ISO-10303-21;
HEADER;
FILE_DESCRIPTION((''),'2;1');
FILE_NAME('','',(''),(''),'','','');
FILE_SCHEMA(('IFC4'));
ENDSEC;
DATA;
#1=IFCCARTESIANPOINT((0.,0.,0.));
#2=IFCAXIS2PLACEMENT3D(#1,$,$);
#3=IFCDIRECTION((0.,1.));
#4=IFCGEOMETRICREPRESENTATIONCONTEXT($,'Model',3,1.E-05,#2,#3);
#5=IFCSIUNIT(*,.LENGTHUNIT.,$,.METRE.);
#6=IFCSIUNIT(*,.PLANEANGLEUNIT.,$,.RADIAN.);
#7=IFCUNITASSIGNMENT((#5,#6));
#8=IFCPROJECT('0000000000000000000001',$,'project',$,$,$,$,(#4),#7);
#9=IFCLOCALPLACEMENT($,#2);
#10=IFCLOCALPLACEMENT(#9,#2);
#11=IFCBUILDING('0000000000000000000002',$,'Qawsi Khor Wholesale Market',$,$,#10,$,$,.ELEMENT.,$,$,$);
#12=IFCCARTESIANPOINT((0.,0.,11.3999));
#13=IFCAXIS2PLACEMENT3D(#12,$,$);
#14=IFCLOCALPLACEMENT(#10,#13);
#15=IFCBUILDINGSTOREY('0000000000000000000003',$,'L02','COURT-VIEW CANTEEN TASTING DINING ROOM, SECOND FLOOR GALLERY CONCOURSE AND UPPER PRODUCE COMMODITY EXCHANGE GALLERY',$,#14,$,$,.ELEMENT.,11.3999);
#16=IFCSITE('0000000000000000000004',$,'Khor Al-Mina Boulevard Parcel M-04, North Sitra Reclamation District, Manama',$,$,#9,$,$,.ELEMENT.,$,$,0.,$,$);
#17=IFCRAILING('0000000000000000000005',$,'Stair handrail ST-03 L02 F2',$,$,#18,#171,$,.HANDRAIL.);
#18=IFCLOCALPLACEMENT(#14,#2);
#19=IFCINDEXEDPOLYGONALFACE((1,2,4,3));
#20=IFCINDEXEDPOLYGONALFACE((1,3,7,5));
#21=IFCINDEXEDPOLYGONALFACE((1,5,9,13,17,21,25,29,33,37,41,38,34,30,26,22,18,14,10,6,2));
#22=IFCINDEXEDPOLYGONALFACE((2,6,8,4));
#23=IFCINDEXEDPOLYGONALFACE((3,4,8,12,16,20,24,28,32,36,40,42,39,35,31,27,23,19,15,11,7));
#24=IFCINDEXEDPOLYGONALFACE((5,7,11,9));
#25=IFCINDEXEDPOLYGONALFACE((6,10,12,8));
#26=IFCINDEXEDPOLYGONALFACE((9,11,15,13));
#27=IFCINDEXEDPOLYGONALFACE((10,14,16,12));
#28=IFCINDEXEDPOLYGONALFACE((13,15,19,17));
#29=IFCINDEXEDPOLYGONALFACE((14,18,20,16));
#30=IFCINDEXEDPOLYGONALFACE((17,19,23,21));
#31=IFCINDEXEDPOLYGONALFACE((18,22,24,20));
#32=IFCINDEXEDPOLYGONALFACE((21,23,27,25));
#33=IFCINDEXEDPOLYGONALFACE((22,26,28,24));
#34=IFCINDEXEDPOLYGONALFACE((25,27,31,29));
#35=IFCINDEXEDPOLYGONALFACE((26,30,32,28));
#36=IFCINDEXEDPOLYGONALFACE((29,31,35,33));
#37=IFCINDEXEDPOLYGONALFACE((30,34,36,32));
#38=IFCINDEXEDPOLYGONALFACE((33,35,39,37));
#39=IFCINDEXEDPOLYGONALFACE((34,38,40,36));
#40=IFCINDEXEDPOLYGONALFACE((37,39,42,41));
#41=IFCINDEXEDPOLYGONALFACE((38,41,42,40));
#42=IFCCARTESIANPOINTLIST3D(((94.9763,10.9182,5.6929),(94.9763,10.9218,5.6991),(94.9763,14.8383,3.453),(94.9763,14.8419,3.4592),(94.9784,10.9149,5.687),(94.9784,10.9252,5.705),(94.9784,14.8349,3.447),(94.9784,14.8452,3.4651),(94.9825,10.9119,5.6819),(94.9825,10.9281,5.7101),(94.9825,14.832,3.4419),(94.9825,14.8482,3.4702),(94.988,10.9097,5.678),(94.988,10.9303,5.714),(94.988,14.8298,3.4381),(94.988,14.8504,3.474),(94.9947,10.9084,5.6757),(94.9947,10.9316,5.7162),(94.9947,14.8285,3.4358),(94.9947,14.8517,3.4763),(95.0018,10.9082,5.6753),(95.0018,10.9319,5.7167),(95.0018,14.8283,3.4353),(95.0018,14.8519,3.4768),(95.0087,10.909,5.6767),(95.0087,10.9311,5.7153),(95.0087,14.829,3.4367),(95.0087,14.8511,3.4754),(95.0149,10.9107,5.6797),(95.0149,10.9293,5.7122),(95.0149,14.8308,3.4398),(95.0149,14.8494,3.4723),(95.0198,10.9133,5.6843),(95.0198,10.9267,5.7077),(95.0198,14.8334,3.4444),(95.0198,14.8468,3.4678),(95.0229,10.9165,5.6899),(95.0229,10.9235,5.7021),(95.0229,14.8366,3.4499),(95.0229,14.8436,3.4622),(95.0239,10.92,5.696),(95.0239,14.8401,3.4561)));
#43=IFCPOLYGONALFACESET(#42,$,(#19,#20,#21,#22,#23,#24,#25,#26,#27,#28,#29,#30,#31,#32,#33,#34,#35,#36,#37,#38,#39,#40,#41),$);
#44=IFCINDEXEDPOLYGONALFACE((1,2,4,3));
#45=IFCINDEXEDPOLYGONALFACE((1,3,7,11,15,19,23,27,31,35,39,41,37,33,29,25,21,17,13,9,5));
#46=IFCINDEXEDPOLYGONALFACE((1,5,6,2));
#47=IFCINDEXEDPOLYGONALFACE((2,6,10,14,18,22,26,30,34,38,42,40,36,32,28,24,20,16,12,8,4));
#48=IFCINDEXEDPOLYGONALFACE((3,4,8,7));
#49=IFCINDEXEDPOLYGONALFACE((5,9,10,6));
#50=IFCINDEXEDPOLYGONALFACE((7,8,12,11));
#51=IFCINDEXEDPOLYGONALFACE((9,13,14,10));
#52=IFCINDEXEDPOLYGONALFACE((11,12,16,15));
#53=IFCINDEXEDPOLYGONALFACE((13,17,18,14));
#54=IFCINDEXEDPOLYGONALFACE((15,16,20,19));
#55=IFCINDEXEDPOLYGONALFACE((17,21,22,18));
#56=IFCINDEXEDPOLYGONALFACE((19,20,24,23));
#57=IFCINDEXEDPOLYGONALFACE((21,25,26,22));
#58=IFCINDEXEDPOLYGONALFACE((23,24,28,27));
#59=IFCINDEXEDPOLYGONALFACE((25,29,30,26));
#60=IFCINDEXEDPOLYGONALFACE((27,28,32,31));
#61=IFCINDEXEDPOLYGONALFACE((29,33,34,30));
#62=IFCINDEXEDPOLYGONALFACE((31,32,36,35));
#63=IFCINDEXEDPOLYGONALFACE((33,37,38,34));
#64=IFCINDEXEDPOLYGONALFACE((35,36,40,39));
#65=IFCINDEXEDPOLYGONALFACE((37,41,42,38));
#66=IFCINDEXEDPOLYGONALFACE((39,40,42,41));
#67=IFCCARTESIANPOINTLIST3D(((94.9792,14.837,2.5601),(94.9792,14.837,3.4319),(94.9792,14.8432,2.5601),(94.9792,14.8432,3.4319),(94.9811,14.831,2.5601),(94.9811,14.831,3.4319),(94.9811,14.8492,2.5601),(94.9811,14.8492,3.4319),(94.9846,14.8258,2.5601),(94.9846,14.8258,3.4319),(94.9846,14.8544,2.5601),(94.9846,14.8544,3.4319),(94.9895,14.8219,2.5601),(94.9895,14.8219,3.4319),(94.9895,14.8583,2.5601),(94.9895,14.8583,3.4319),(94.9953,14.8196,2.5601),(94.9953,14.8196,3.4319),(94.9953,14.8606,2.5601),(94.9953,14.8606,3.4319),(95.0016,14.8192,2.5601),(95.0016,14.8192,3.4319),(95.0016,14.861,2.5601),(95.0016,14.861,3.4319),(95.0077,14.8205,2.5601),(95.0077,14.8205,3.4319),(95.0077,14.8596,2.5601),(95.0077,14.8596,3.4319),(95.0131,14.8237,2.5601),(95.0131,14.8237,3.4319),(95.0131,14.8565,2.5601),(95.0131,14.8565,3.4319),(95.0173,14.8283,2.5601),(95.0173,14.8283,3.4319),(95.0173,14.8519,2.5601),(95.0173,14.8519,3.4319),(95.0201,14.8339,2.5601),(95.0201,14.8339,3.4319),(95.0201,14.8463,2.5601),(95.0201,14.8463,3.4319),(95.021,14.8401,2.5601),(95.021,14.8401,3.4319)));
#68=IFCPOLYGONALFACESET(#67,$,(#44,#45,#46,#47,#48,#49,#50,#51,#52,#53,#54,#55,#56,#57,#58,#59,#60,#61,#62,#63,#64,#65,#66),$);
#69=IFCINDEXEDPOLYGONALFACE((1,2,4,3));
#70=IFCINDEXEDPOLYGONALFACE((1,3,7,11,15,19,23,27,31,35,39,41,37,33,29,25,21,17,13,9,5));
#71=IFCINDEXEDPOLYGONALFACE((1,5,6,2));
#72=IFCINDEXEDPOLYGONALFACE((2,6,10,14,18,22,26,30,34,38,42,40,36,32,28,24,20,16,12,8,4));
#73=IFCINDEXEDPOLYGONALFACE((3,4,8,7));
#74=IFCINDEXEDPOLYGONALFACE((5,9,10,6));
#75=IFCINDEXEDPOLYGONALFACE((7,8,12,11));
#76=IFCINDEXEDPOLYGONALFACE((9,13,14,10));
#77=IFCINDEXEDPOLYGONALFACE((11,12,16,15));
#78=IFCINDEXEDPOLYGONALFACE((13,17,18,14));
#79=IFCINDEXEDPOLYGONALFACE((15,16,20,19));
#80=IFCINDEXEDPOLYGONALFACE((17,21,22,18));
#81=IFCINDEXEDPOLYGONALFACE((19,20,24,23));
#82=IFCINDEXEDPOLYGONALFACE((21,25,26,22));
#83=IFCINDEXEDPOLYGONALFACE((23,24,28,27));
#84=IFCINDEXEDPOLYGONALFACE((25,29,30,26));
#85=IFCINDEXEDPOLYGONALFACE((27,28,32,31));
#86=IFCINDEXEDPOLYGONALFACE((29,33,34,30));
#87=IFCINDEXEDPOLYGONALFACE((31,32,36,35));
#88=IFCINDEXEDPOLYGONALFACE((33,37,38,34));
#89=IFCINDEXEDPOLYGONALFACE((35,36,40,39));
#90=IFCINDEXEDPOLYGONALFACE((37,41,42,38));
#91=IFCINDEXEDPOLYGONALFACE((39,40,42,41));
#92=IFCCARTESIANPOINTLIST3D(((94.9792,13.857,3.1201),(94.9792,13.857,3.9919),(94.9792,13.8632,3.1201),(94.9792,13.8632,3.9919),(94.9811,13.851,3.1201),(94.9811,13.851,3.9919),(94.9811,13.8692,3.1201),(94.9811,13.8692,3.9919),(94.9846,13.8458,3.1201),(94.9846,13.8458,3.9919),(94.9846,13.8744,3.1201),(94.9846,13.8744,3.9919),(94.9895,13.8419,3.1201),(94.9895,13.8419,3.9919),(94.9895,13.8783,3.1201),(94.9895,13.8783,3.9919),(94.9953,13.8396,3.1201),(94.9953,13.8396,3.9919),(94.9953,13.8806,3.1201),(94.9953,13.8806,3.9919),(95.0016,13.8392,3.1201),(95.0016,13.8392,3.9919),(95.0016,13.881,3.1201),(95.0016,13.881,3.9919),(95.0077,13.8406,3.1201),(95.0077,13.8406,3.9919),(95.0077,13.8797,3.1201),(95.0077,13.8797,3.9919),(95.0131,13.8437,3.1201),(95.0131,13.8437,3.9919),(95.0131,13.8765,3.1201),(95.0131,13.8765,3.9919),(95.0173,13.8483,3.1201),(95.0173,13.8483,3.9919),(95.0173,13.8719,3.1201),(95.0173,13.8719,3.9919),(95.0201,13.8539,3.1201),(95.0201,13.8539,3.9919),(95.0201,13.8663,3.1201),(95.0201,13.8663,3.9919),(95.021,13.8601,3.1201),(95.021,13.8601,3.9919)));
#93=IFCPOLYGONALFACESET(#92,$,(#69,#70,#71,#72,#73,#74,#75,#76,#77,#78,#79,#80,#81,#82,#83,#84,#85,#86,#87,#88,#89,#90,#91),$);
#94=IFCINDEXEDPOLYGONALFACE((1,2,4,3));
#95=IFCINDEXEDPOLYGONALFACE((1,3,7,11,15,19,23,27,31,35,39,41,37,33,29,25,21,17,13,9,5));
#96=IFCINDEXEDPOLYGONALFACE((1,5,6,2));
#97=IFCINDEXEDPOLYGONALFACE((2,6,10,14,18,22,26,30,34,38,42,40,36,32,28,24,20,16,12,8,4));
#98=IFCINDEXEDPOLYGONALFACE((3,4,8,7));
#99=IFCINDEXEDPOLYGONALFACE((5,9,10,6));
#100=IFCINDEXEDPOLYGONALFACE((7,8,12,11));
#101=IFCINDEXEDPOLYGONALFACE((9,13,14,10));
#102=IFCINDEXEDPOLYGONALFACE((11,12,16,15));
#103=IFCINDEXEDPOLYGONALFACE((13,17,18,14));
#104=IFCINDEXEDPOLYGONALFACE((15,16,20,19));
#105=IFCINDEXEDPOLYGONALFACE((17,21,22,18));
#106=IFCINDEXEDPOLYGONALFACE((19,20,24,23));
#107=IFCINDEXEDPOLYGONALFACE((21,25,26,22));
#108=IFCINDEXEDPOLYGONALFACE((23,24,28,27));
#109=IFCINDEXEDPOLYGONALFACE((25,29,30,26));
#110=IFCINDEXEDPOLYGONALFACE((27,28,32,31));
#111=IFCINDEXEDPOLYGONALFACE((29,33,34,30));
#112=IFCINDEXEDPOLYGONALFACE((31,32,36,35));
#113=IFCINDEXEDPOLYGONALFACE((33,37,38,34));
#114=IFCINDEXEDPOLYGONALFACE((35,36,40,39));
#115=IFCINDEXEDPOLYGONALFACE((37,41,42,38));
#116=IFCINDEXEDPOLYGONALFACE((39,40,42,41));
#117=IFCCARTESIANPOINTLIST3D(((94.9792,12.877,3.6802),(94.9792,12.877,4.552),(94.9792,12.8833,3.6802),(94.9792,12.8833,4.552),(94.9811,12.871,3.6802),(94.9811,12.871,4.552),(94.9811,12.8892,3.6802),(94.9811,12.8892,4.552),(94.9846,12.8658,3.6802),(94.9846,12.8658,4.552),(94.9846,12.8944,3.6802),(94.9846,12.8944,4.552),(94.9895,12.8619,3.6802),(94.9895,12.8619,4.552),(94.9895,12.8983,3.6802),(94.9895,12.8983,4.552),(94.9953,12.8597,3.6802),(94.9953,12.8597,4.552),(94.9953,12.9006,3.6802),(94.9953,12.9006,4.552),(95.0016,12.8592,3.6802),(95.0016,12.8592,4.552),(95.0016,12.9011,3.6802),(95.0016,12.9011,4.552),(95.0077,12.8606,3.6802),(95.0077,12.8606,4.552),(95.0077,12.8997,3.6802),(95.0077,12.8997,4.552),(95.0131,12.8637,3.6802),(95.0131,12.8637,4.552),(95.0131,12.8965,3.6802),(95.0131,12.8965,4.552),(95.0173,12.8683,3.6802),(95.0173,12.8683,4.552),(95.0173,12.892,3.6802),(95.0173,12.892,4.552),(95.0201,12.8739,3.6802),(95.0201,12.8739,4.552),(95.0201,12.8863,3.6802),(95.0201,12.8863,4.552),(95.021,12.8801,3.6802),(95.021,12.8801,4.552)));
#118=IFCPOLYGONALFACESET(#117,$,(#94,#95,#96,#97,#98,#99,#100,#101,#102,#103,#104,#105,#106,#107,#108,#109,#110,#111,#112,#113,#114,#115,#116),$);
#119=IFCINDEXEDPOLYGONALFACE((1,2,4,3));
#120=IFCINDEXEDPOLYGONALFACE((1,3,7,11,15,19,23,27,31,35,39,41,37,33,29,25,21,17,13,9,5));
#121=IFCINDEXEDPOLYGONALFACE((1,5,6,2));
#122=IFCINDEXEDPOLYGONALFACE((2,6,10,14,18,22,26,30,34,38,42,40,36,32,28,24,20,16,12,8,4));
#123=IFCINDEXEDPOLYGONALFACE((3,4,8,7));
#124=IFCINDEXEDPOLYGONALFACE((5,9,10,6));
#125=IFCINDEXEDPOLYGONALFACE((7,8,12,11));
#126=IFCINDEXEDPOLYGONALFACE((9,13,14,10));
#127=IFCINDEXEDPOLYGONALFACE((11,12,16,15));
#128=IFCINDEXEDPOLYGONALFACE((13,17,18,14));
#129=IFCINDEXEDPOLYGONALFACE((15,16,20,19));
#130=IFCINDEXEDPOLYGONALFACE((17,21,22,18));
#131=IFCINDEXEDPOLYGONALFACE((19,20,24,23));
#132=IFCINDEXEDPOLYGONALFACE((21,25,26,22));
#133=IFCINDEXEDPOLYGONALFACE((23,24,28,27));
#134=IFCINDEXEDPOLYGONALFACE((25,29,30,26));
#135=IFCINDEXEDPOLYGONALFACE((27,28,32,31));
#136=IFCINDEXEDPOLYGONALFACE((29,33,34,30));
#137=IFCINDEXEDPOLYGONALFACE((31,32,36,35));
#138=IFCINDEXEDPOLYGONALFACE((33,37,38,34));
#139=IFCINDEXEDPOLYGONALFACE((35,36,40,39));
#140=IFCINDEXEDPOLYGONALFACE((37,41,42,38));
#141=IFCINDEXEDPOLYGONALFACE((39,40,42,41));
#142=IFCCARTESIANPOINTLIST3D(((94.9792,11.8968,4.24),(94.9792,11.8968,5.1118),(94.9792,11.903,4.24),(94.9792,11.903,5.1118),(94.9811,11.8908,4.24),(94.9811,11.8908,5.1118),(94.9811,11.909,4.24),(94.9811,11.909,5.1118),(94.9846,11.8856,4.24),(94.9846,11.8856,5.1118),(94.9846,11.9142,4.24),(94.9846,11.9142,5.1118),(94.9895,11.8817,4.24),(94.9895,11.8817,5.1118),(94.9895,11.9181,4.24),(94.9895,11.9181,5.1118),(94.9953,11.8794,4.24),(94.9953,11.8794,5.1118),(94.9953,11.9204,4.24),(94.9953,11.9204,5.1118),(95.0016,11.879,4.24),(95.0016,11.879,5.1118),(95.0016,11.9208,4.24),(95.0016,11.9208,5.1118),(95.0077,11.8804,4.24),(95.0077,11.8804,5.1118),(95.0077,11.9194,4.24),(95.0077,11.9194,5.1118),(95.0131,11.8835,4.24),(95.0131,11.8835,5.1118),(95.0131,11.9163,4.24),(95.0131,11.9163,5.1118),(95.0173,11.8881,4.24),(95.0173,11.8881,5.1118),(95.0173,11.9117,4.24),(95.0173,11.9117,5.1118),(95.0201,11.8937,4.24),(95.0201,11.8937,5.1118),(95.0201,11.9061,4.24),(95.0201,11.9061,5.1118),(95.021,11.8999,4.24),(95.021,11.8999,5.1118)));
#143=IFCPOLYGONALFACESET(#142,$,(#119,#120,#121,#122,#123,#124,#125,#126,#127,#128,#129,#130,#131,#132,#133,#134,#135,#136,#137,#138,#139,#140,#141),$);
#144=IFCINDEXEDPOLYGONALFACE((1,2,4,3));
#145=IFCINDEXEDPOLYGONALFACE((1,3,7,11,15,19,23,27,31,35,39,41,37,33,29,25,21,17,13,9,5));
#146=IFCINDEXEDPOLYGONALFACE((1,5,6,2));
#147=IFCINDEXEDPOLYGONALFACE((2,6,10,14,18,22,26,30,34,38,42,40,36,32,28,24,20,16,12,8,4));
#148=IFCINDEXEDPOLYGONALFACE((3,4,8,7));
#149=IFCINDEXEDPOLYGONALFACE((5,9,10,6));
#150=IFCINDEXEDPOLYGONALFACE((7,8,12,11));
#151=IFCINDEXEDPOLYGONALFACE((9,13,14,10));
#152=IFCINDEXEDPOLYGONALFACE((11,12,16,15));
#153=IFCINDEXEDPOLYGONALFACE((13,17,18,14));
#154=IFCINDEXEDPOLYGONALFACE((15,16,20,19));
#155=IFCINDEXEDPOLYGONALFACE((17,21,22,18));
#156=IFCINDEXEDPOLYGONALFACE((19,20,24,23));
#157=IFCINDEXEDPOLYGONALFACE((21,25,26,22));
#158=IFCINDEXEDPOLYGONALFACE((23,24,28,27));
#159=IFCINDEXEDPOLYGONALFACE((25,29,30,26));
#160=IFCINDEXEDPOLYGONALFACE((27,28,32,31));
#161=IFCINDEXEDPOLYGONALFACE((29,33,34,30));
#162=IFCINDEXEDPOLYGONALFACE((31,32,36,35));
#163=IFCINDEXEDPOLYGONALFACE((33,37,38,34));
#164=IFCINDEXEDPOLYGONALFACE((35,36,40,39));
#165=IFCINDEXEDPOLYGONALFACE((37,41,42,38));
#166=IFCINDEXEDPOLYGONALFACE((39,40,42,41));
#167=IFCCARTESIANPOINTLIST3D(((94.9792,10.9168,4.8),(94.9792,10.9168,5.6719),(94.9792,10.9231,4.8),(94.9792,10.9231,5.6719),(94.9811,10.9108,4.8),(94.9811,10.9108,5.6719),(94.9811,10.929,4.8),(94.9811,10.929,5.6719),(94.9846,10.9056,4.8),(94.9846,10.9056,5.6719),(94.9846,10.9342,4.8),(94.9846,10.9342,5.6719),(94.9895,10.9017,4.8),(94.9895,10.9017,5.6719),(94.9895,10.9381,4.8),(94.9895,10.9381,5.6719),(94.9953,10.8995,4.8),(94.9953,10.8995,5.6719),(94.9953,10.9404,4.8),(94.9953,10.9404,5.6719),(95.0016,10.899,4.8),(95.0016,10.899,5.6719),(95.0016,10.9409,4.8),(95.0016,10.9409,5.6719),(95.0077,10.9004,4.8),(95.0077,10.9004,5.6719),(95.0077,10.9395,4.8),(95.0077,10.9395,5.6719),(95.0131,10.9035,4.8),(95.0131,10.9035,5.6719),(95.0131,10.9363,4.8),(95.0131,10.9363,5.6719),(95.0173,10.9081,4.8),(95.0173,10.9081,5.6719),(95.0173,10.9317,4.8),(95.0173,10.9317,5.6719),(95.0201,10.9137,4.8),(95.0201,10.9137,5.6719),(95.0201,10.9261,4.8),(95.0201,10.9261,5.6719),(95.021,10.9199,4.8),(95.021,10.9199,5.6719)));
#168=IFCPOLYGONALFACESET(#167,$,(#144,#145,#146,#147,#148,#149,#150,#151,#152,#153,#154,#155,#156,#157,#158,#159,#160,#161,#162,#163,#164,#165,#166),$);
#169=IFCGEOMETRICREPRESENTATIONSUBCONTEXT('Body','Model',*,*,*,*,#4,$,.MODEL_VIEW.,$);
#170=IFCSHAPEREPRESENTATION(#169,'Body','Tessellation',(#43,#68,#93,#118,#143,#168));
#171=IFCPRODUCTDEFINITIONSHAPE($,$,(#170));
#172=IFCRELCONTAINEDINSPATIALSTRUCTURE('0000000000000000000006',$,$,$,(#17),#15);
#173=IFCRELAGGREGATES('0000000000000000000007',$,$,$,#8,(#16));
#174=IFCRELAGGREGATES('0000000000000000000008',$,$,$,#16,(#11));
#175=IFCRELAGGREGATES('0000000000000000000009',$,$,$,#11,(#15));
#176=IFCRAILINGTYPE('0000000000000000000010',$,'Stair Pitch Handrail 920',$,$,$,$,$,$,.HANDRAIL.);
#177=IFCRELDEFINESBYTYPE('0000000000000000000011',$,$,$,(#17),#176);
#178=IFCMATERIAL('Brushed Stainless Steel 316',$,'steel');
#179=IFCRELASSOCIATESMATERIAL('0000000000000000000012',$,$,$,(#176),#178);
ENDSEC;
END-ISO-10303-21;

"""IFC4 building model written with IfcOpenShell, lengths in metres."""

from ifc_helpers import new_model, si_unit, direction, frame, origin, origin_2d, place, context, subcontext, project, spatial, circle, extrude, material, type_object, element, save


model = new_model("IFC4")

# Units and contexts
model_context = context("Model", 3, precision=1e-05, world=origin(), true_north=direction((0.0, 1.0)))
body_context = subcontext(model_context, "Body", "Model", "MODEL_VIEW")
ifc_project = project(units=[si_unit("LENGTHUNIT", "METRE"), si_unit("PLANEANGLEUNIT", "RADIAN")], contexts=[model_context])

# Site, building, storey
site_placement = place(None, origin())
site = spatial("IfcSite", under=ifc_project, at=site_placement, Name="Khor Al-Mina Boulevard Parcel M-04, North Sitra Reclamation District, Manama", CompositionType="ELEMENT", RefElevation=0.0)
building_placement = place(site_placement, origin())
building = spatial("IfcBuilding", under=site, at=building_placement, Name="Qawsi Khor Wholesale Market", CompositionType="ELEMENT")
storey_placement = place(building_placement, frame((0.0, 0.0, 11.3999)))
storey = spatial("IfcBuildingStorey", under=building, at=storey_placement, Name="L02", Description="COURT-VIEW CANTEEN TASTING DINING ROOM, SECOND FLOOR GALLERY CONCOURSE AND UPPER PRODUCE COMMODITY EXCHANGE GALLERY", CompositionType="ELEMENT", Elevation=11.3999)

# Railing
ifc_material_1 = material(Name="Brushed Stainless Steel 316", Category="steel")
railing_type = type_object("IfcRailingType", Name="Stair Pitch Handrail 920", PredefinedType="HANDRAIL", material=ifc_material_1)
railing_1_placement = place(storey_placement, frame((95.0, 14.8401, 2.5601)))
element("IfcRailing", 1, at=railing_1_placement, inside=storey, type_object=railing_type, Name="Stair handrail ST-03 L02 F2", PredefinedType="HANDRAIL", context=body_context, shape_type="SweptSolid", body=[
    extrude(circle(Radius=0.0239, at=origin_2d()), frame((0.0, 0.0, 0.896), z_axis=(0.0, -0.868253, 0.496121), x_axis=(1.0, 0.0, 0.0)), (0.0, 0.0, 1.0), 4.5149),
    extrude(circle(Radius=0.021, at=origin_2d()), origin(), (0.0, 0.0, 1.0), 0.8718),
    extrude(circle(Radius=0.021, at=origin_2d()), frame((0.0, -0.98, 0.5601)), (0.0, 0.0, 1.0), 0.8718),
    extrude(circle(Radius=0.021, at=origin_2d()), frame((0.0, -1.96, 1.1201)), (0.0, 0.0, 1.0), 0.8718),
    extrude(circle(Radius=0.021, at=origin_2d()), frame((0.0, -2.9402, 1.6799)), (0.0, 0.0, 1.0), 0.8718),
    extrude(circle(Radius=0.021, at=origin_2d()), frame((0.0, -3.9202, 2.24)), (0.0, 0.0, 1.0), 0.8718),
])

save(model, "model.ifc")
